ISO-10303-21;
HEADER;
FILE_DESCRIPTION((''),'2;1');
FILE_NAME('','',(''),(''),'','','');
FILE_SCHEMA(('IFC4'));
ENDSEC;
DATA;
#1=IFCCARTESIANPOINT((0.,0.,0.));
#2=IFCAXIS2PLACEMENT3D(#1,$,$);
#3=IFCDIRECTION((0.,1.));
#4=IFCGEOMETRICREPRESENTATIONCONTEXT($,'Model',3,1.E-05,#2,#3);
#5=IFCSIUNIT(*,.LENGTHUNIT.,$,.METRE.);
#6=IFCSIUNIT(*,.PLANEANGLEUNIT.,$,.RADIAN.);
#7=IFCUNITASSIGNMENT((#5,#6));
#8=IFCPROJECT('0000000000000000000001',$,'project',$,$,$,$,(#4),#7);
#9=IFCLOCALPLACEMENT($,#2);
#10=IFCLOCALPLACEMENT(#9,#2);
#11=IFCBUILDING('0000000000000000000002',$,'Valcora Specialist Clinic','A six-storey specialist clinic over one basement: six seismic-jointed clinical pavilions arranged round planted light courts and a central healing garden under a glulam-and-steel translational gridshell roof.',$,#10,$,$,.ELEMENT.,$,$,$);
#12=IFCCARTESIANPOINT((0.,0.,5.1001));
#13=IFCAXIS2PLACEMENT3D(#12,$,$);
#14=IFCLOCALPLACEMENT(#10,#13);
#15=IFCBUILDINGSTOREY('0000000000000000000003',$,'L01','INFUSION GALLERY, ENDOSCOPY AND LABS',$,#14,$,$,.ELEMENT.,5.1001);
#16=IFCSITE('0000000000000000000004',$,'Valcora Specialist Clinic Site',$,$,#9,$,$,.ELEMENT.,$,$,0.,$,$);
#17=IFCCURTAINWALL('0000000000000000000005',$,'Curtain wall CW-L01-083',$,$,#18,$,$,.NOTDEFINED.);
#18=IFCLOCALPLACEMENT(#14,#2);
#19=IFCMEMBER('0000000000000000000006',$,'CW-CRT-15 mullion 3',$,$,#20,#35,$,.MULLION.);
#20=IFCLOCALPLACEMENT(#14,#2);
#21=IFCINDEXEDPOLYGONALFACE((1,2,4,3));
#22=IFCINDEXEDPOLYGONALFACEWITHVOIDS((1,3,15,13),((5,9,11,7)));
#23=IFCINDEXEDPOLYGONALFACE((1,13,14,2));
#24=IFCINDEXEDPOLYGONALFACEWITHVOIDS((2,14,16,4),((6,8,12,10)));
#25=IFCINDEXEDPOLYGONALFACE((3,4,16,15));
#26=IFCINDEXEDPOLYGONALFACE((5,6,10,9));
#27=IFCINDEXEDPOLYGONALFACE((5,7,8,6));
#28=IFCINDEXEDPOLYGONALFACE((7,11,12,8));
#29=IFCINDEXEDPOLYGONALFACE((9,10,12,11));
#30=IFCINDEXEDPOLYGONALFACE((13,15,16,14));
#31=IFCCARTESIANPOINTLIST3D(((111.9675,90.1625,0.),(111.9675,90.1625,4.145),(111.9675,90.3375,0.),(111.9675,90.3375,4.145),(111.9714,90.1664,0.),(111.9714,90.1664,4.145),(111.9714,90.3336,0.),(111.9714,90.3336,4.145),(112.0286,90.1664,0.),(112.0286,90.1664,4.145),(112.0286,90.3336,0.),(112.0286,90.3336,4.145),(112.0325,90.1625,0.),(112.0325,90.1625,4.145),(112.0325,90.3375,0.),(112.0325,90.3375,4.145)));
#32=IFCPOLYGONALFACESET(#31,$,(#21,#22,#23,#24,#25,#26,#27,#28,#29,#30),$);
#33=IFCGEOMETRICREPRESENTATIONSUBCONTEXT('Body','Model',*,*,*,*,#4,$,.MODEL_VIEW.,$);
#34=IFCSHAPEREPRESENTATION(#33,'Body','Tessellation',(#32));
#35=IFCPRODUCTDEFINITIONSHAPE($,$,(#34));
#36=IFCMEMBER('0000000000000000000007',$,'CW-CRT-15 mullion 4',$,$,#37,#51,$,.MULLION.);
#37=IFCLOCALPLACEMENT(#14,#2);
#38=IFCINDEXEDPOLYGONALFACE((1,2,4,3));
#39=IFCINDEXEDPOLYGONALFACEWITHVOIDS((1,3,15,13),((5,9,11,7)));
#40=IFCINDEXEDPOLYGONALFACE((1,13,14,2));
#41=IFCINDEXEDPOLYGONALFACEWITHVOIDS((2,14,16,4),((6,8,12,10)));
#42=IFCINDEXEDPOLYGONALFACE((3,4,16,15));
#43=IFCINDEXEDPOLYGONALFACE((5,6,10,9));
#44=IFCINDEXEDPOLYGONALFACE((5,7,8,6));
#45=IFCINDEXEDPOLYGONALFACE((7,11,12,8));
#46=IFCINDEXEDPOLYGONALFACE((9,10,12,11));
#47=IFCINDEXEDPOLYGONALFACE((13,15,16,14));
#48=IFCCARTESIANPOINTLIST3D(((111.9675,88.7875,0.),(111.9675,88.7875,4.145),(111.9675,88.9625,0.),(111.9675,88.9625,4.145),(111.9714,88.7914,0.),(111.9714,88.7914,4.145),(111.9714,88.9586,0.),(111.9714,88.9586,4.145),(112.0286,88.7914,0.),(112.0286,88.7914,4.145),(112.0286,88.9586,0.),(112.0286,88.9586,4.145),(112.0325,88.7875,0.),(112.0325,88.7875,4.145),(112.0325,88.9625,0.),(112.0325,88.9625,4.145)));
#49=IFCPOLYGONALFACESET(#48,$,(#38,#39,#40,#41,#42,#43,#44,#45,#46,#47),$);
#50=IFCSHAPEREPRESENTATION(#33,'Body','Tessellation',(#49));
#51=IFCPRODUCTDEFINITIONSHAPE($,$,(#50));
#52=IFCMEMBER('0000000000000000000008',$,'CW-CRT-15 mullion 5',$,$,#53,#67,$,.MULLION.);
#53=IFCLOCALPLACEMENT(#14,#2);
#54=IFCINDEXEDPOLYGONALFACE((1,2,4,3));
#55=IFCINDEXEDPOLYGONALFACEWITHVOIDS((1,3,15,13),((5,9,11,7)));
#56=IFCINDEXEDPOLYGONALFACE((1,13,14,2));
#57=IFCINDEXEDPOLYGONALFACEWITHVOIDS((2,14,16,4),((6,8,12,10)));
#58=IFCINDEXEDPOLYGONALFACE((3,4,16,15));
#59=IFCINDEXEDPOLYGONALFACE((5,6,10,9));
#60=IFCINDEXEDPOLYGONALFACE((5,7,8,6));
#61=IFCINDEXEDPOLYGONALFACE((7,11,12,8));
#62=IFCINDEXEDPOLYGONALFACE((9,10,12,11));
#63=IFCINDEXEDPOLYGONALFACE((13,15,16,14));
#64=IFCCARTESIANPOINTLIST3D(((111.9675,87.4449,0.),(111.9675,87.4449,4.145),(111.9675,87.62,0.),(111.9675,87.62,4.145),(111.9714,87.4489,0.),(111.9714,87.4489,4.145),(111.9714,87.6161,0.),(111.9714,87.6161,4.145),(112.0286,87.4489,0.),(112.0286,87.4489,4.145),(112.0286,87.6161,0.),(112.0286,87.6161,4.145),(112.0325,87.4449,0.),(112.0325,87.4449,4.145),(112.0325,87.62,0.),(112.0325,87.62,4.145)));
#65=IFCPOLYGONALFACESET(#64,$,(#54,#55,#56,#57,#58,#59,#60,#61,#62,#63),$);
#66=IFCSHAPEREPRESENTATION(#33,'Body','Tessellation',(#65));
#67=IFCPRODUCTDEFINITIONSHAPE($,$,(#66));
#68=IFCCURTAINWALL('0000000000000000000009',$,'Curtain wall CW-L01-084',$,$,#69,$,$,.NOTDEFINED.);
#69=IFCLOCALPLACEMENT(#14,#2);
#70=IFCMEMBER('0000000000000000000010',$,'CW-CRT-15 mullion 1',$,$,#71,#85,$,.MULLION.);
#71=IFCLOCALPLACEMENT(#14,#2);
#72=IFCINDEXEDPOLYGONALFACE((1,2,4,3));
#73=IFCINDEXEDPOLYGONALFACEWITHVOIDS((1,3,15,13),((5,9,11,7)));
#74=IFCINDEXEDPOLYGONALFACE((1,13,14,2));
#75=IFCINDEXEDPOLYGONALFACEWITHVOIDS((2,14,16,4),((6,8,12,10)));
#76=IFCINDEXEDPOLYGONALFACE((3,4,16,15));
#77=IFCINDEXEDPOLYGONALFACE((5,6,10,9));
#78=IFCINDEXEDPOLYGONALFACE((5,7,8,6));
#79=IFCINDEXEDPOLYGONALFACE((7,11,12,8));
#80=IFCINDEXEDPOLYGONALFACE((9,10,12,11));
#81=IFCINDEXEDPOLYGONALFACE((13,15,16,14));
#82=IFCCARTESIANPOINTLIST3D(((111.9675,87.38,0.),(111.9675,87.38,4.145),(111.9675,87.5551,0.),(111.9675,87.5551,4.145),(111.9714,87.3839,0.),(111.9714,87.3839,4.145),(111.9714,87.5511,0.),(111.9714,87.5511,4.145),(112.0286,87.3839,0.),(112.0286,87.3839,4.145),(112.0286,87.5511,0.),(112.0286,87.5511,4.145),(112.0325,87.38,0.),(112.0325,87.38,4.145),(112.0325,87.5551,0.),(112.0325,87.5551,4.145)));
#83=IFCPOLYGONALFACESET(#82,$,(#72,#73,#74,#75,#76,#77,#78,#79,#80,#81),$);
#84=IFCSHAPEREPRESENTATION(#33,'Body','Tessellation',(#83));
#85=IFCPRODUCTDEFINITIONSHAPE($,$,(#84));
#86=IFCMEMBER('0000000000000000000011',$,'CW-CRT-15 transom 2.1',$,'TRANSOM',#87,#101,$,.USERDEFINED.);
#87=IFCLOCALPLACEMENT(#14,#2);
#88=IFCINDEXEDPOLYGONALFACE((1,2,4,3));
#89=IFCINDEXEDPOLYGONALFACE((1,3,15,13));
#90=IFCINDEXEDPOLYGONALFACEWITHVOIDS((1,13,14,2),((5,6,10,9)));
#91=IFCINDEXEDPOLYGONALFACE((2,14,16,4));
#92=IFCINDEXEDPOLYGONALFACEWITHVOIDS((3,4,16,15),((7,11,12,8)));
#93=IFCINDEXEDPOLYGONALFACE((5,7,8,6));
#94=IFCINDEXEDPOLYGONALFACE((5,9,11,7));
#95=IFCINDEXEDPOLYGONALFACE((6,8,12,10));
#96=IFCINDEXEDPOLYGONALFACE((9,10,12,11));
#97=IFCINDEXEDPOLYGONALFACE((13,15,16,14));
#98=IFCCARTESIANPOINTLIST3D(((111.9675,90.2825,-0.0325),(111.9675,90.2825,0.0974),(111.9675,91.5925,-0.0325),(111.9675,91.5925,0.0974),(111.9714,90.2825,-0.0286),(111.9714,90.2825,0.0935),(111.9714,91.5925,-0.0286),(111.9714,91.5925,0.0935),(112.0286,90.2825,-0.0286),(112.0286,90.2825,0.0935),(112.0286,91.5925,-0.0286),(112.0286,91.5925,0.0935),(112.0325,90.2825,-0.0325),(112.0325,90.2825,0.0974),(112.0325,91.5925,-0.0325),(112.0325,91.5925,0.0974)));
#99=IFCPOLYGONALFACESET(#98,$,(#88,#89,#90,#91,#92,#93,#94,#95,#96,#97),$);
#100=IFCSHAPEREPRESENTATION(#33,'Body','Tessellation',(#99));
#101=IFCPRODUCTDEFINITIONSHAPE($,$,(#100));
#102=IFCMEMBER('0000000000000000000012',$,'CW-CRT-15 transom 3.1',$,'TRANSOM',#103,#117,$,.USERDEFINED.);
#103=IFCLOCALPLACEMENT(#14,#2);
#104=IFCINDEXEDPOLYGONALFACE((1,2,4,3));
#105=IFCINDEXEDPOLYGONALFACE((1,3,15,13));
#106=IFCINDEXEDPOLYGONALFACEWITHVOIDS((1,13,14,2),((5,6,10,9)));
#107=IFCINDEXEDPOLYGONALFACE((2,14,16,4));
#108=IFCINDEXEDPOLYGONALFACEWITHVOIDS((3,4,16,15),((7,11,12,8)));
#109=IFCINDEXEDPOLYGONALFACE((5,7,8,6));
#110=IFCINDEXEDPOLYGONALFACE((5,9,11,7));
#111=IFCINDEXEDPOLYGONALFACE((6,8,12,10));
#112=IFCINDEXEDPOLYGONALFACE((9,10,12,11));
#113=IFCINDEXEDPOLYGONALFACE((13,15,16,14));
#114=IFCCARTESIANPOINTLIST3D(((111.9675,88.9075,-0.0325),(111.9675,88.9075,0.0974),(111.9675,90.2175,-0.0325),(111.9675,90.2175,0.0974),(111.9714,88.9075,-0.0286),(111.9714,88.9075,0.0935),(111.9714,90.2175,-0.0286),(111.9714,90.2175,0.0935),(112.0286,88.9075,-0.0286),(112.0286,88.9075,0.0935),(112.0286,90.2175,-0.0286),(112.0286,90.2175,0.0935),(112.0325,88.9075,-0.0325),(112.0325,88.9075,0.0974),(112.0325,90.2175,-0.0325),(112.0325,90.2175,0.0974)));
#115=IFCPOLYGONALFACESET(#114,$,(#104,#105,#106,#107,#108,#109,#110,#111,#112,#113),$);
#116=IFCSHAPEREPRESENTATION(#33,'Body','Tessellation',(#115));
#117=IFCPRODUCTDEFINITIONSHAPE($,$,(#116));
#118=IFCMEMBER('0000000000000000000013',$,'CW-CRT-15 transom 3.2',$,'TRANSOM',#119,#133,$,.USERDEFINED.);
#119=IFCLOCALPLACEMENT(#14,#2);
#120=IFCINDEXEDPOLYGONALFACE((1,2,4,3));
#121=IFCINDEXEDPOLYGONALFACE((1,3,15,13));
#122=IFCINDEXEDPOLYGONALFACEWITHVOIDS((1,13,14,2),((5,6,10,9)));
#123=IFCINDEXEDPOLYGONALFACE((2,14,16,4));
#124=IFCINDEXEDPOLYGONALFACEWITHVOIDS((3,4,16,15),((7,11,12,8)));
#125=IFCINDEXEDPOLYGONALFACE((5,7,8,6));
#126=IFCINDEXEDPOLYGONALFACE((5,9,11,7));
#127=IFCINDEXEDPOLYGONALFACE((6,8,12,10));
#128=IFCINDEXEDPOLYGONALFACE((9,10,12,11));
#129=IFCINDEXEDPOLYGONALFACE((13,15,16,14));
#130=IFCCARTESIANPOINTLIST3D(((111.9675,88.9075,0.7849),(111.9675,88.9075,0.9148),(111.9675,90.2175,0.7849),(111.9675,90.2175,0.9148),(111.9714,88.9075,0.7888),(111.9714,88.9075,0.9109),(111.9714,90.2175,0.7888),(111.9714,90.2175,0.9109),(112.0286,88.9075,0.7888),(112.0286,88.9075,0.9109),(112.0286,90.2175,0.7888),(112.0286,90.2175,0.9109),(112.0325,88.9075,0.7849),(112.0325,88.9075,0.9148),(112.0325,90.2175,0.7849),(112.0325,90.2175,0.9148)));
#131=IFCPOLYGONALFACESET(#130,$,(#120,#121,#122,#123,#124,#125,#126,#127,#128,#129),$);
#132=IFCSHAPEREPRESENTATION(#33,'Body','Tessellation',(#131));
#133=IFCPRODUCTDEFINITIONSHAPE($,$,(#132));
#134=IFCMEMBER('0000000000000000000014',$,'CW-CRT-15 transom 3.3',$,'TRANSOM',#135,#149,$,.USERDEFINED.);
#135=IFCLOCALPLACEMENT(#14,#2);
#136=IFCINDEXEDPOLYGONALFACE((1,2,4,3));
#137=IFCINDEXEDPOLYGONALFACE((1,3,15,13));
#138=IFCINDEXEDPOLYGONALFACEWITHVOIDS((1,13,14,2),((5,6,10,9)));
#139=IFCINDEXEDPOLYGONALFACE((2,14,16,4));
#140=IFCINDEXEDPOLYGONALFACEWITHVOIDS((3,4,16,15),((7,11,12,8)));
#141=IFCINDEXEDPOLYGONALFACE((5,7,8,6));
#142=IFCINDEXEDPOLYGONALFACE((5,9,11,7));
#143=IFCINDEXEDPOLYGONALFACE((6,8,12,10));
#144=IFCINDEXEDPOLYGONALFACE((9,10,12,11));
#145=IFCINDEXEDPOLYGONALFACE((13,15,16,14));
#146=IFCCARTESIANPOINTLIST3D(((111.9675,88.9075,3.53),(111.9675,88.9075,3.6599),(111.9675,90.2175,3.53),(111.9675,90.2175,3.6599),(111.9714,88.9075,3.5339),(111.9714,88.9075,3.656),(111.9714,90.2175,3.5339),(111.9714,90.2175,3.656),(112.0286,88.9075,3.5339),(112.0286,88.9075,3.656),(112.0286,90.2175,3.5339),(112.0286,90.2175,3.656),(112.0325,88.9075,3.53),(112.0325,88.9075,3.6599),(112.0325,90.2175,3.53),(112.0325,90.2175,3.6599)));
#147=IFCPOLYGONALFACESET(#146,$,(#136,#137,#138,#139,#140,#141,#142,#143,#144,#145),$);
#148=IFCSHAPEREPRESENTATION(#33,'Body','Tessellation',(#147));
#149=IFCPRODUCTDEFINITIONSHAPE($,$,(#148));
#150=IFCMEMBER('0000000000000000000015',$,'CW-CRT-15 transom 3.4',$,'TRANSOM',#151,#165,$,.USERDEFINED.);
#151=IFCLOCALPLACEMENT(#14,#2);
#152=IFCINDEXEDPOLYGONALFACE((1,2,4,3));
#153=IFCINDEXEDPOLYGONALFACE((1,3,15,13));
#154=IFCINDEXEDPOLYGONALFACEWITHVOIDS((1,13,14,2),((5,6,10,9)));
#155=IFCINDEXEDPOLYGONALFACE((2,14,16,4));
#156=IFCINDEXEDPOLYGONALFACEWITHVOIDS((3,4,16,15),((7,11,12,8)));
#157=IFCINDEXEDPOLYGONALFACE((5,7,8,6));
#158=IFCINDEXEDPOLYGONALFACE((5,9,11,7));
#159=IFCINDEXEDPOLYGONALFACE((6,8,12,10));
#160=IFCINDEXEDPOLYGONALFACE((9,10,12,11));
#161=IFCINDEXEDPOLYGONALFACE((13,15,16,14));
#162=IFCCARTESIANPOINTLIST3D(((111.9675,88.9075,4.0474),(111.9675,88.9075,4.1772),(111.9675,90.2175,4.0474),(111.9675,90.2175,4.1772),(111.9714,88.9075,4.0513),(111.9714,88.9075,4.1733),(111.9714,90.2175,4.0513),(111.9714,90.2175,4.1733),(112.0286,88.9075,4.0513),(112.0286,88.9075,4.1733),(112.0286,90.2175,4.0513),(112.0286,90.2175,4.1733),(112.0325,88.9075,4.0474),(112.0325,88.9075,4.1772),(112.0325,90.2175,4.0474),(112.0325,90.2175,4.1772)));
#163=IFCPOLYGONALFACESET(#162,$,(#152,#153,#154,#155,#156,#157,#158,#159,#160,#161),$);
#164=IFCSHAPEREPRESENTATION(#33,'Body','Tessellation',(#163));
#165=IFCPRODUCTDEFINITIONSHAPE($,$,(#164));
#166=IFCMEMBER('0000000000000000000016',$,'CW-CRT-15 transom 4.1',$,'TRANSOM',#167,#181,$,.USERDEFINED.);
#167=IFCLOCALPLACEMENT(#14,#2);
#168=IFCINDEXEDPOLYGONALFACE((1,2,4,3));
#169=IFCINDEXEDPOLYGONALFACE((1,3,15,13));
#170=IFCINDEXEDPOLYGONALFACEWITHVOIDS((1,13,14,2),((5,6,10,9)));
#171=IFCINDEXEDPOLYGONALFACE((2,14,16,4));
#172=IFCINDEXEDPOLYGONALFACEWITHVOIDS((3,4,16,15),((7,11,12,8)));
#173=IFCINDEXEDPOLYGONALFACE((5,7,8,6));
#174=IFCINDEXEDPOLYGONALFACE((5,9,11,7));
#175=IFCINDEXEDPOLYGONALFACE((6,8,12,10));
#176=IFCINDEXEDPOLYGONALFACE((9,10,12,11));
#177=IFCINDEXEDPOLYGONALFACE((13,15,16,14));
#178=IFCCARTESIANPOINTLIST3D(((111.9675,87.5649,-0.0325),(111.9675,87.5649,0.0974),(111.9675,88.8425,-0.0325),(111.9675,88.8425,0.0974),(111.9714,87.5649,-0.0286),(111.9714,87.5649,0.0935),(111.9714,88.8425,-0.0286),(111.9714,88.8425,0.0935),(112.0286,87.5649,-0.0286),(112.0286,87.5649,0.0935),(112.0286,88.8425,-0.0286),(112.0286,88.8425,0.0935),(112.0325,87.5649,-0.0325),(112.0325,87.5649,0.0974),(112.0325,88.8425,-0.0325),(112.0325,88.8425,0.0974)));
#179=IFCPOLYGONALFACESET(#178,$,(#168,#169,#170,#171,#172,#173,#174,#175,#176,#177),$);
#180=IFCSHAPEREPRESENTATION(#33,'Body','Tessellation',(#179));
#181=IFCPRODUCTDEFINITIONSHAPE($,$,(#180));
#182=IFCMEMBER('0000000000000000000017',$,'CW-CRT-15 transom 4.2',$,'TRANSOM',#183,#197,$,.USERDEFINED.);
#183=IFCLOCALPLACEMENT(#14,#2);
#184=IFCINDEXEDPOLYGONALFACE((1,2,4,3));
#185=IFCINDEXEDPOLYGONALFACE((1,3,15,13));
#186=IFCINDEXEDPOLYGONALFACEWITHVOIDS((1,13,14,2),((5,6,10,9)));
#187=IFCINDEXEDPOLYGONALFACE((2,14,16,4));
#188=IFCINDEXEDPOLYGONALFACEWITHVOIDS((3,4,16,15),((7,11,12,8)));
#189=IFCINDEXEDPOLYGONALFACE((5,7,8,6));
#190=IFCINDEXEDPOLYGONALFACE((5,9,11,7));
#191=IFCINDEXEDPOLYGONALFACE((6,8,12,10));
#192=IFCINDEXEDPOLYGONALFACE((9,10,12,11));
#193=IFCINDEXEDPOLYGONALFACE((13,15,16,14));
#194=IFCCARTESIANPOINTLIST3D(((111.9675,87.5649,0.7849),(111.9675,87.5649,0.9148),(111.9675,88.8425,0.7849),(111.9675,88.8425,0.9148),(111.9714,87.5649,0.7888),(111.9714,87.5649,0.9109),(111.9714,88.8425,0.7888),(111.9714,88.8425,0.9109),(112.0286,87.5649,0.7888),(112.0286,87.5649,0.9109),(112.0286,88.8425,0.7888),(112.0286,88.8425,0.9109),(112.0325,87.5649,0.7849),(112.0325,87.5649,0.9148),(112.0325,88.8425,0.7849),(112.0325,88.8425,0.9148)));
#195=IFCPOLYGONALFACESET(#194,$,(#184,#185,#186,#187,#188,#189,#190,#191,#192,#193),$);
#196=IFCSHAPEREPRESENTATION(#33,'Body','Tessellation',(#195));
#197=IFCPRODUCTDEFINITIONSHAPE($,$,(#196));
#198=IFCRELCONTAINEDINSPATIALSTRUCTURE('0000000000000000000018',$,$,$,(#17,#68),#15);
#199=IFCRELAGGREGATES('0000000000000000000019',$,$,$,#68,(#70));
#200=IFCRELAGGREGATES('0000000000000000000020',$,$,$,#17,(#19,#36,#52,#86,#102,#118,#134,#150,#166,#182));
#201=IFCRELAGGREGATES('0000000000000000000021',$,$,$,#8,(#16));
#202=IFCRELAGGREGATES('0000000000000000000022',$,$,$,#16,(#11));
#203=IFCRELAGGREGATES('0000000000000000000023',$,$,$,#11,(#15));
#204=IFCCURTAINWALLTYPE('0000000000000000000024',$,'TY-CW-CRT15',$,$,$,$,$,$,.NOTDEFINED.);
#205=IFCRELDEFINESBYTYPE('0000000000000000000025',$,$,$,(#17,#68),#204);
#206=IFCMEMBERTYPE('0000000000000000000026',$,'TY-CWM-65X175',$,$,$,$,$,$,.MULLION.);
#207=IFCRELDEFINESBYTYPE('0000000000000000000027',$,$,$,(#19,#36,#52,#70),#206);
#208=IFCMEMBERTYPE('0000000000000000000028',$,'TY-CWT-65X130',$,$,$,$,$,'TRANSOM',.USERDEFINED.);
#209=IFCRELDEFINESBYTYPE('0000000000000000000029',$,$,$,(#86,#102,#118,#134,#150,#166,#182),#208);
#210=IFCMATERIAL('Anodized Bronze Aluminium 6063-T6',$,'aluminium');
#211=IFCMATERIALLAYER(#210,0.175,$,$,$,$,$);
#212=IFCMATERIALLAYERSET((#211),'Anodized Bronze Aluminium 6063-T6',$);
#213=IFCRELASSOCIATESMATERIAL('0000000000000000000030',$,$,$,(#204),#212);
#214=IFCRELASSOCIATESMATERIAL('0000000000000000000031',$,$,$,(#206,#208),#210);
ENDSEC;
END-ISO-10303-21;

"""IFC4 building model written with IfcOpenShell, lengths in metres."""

from ifc_helpers import new_model, si_unit, direction, frame, origin, origin_2d, place, context, subcontext, project, spatial, hollow_rectangle, extrude, material, layer, layer_set, material_profile, profile_set, type_object, element, aggregate, save


model = new_model("IFC4")

# Units and contexts
model_context = context("Model", 3, precision=1e-05, world=origin(), true_north=direction((0.0, 1.0)))
body_context = subcontext(model_context, "Body", "Model", "MODEL_VIEW")
ifc_project = project(units=[si_unit("LENGTHUNIT", "METRE"), si_unit("PLANEANGLEUNIT", "RADIAN")], contexts=[model_context])

# Site, building, storey
site_placement = place(None, origin())
site = spatial("IfcSite", under=ifc_project, at=site_placement, Name="Valcora Specialist Clinic Site", CompositionType="ELEMENT", RefElevation=0.0)
building_placement = place(site_placement, origin())
building = spatial("IfcBuilding", under=site, at=building_placement, Name="Valcora Specialist Clinic", Description="A six-storey specialist clinic over one basement: six seismic-jointed clinical pavilions arranged round planted light courts and a central healing garden under a glulam-and-steel translational gridshell roof.", CompositionType="ELEMENT")
storey_placement = place(building_placement, frame((0.0, 0.0, 5.1001)))
storey = spatial("IfcBuildingStorey", under=building, at=storey_placement, Name="L01", Description="INFUSION GALLERY, ENDOSCOPY AND LABS", CompositionType="ELEMENT", Elevation=5.1001)

# Curtain wall, members
ifc_material_1 = material(Name="Anodized Bronze Aluminium 6063-T6", Category="aluminium")
ifc_layer_1 = layer(ifc_material_1, 0.175)
ifc_layer_set_1 = layer_set([ifc_layer_1], Name="Anodized Bronze Aluminium 6063-T6")
curtain_wall_type = type_object("IfcCurtainWallType", Name="TY-CW-CRT15", PredefinedType="NOTDEFINED", material=ifc_layer_set_1)
curtain_wall_1_placement = place(storey_placement, origin())
curtain_wall_1 = element("IfcCurtainWall", 1, at=curtain_wall_1_placement, inside=storey, type_object=curtain_wall_type, Name="Curtain wall CW-L01-083", PredefinedType="NOTDEFINED")
ifc_material_profile_1 = material_profile(ifc_material_1, hollow_rectangle(XDim=0.0649, YDim=0.175, WallThickness=0.0039, at=origin_2d()), Name="AL-MUL-65X175")
ifc_profile_set_1 = profile_set([ifc_material_profile_1], Name="Anodized Bronze Aluminium 6063-T6")
member_type_1 = type_object("IfcMemberType", Name="TY-CWM-65X175", PredefinedType="MULLION", material=ifc_profile_set_1)
member_1_placement = place(storey_placement, frame((112.0, 90.25, 0.0), z_axis=(0.0, 0.0, 1.0), x_axis=(1.0, 0.0, 0.0)))
member_1 = element("IfcMember", 2, at=member_1_placement, type_object=member_type_1, Name="CW-CRT-15 mullion 3", PredefinedType="MULLION", context=body_context, shape_type="SweptSolid", body=[
    extrude(hollow_rectangle(XDim=0.0649, YDim=0.175, WallThickness=0.0039, at=origin_2d()), origin(), (0.0, 0.0, 1.0), 4.145),
])
member_2_placement = place(storey_placement, frame((112.0, 88.875, 0.0), z_axis=(0.0, 0.0, 1.0), x_axis=(1.0, 0.0, 0.0)))
member_2 = element("IfcMember", 3, at=member_2_placement, type_object=member_type_1, Name="CW-CRT-15 mullion 4", PredefinedType="MULLION", context=body_context, shape_type="SweptSolid", body=[
    extrude(hollow_rectangle(XDim=0.0649, YDim=0.175, WallThickness=0.0039, at=origin_2d()), origin(), (0.0, 0.0, 1.0), 4.145),
])
member_3_placement = place(storey_placement, frame((112.0, 87.5325, 0.0), z_axis=(0.0, 0.0, 1.0), x_axis=(1.0, 0.0, 0.0)))
member_3 = element("IfcMember", 4, at=member_3_placement, type_object=member_type_1, Name="CW-CRT-15 mullion 5", PredefinedType="MULLION", context=body_context, shape_type="SweptSolid", body=[
    extrude(hollow_rectangle(XDim=0.0649, YDim=0.175, WallThickness=0.0039, at=origin_2d()), origin(), (0.0, 0.0, 1.0), 4.145),
])

# Curtain wall, member
curtain_wall_2_placement = place(storey_placement, origin())
curtain_wall_2 = element("IfcCurtainWall", 5, at=curtain_wall_2_placement, inside=storey, type_object=curtain_wall_type, Name="Curtain wall CW-L01-084", PredefinedType="NOTDEFINED")
member_4_placement = place(storey_placement, frame((112.0, 87.4675, 0.0), z_axis=(0.0, 0.0, 1.0), x_axis=(1.0, 0.0, 0.0)))
member_4 = element("IfcMember", 6, at=member_4_placement, type_object=member_type_1, Name="CW-CRT-15 mullion 1", PredefinedType="MULLION", context=body_context, shape_type="SweptSolid", body=[
    extrude(hollow_rectangle(XDim=0.0649, YDim=0.175, WallThickness=0.0039, at=origin_2d()), origin(), (0.0, 0.0, 1.0), 4.145),
])

# Members
ifc_material_profile_2 = material_profile(ifc_material_1, hollow_rectangle(XDim=0.0649, YDim=0.1299, WallThickness=0.0039, at=origin_2d()), Name="AL-TRN-65X130")
ifc_profile_set_2 = profile_set([ifc_material_profile_2], Name="Anodized Bronze Aluminium 6063-T6")
member_type_2 = type_object("IfcMemberType", Name="TY-CWT-65X130", ElementType="TRANSOM", PredefinedType="USERDEFINED", material=ifc_profile_set_2)
member_5_placement = place(storey_placement, frame((112.0, 91.5925, 0.0325), z_axis=(0.0, -1.0, 0.0), x_axis=(1.0, 0.0, 0.0)))
member_5 = element("IfcMember", 7, at=member_5_placement, type_object=member_type_2, Name="CW-CRT-15 transom 2.1", ObjectType="TRANSOM", PredefinedType="USERDEFINED", context=body_context, shape_type="SweptSolid", body=[
    extrude(hollow_rectangle(XDim=0.0649, YDim=0.1299, WallThickness=0.0039, at=origin_2d()), origin(), (0.0, 0.0, 1.0), 1.3101),
])
member_6_placement = place(storey_placement, frame((112.0, 90.2175, 0.0325), z_axis=(0.0, -1.0, 0.0), x_axis=(1.0, 0.0, 0.0)))
member_6 = element("IfcMember", 8, at=member_6_placement, type_object=member_type_2, Name="CW-CRT-15 transom 3.1", ObjectType="TRANSOM", PredefinedType="USERDEFINED", context=body_context, shape_type="SweptSolid", body=[
    extrude(hollow_rectangle(XDim=0.0649, YDim=0.1299, WallThickness=0.0039, at=origin_2d()), origin(), (0.0, 0.0, 1.0), 1.3101),
])
member_7_placement = place(storey_placement, frame((112.0, 90.2175, 0.8499), z_axis=(0.0, -1.0, 0.0), x_axis=(1.0, 0.0, 0.0)))
member_7 = element("IfcMember", 9, at=member_7_placement, type_object=member_type_2, Name="CW-CRT-15 transom 3.2", ObjectType="TRANSOM", PredefinedType="USERDEFINED", context=body_context, shape_type="SweptSolid", body=[
    extrude(hollow_rectangle(XDim=0.0649, YDim=0.1299, WallThickness=0.0039, at=origin_2d()), origin(), (0.0, 0.0, 1.0), 1.3101),
])
member_8_placement = place(storey_placement, frame((112.0, 90.2175, 3.595), z_axis=(0.0, -1.0, 0.0), x_axis=(1.0, 0.0, 0.0)))
member_8 = element("IfcMember", 10, at=member_8_placement, type_object=member_type_2, Name="CW-CRT-15 transom 3.3", ObjectType="TRANSOM", PredefinedType="USERDEFINED", context=body_context, shape_type="SweptSolid", body=[
    extrude(hollow_rectangle(XDim=0.0649, YDim=0.1299, WallThickness=0.0039, at=origin_2d()), origin(), (0.0, 0.0, 1.0), 1.3101),
])
member_9_placement = place(storey_placement, frame((112.0, 90.2175, 4.1123), z_axis=(0.0, -1.0, 0.0), x_axis=(1.0, 0.0, 0.0)))
member_9 = element("IfcMember", 11, at=member_9_placement, type_object=member_type_2, Name="CW-CRT-15 transom 3.4", ObjectType="TRANSOM", PredefinedType="USERDEFINED", context=body_context, shape_type="SweptSolid", body=[
    extrude(hollow_rectangle(XDim=0.0649, YDim=0.1299, WallThickness=0.0039, at=origin_2d()), origin(), (0.0, 0.0, 1.0), 1.3101),
])
member_10_placement = place(storey_placement, frame((112.0, 88.8425, 0.0325), z_axis=(0.0, -1.0, 0.0), x_axis=(1.0, 0.0, 0.0)))
member_10 = element("IfcMember", 12, at=member_10_placement, type_object=member_type_2, Name="CW-CRT-15 transom 4.1", ObjectType="TRANSOM", PredefinedType="USERDEFINED", context=body_context, shape_type="SweptSolid", body=[
    extrude(hollow_rectangle(XDim=0.0649, YDim=0.1299, WallThickness=0.0039, at=origin_2d()), origin(), (0.0, 0.0, 1.0), 1.2776),
])
member_11_placement = place(storey_placement, frame((112.0, 88.8425, 0.8499), z_axis=(0.0, -1.0, 0.0), x_axis=(1.0, 0.0, 0.0)))
member_11 = element("IfcMember", 13, at=member_11_placement, type_object=member_type_2, Name="CW-CRT-15 transom 4.2", ObjectType="TRANSOM", PredefinedType="USERDEFINED", context=body_context, shape_type="SweptSolid", body=[
    extrude(hollow_rectangle(XDim=0.0649, YDim=0.1299, WallThickness=0.0039, at=origin_2d()), origin(), (0.0, 0.0, 1.0), 1.2776),
])
aggregate(curtain_wall_2, [member_4])

aggregate(curtain_wall_1, [member_1, member_2, member_3, member_5, member_6, member_7, member_8, member_9, member_10, member_11])

save(model, "model.ifc")
